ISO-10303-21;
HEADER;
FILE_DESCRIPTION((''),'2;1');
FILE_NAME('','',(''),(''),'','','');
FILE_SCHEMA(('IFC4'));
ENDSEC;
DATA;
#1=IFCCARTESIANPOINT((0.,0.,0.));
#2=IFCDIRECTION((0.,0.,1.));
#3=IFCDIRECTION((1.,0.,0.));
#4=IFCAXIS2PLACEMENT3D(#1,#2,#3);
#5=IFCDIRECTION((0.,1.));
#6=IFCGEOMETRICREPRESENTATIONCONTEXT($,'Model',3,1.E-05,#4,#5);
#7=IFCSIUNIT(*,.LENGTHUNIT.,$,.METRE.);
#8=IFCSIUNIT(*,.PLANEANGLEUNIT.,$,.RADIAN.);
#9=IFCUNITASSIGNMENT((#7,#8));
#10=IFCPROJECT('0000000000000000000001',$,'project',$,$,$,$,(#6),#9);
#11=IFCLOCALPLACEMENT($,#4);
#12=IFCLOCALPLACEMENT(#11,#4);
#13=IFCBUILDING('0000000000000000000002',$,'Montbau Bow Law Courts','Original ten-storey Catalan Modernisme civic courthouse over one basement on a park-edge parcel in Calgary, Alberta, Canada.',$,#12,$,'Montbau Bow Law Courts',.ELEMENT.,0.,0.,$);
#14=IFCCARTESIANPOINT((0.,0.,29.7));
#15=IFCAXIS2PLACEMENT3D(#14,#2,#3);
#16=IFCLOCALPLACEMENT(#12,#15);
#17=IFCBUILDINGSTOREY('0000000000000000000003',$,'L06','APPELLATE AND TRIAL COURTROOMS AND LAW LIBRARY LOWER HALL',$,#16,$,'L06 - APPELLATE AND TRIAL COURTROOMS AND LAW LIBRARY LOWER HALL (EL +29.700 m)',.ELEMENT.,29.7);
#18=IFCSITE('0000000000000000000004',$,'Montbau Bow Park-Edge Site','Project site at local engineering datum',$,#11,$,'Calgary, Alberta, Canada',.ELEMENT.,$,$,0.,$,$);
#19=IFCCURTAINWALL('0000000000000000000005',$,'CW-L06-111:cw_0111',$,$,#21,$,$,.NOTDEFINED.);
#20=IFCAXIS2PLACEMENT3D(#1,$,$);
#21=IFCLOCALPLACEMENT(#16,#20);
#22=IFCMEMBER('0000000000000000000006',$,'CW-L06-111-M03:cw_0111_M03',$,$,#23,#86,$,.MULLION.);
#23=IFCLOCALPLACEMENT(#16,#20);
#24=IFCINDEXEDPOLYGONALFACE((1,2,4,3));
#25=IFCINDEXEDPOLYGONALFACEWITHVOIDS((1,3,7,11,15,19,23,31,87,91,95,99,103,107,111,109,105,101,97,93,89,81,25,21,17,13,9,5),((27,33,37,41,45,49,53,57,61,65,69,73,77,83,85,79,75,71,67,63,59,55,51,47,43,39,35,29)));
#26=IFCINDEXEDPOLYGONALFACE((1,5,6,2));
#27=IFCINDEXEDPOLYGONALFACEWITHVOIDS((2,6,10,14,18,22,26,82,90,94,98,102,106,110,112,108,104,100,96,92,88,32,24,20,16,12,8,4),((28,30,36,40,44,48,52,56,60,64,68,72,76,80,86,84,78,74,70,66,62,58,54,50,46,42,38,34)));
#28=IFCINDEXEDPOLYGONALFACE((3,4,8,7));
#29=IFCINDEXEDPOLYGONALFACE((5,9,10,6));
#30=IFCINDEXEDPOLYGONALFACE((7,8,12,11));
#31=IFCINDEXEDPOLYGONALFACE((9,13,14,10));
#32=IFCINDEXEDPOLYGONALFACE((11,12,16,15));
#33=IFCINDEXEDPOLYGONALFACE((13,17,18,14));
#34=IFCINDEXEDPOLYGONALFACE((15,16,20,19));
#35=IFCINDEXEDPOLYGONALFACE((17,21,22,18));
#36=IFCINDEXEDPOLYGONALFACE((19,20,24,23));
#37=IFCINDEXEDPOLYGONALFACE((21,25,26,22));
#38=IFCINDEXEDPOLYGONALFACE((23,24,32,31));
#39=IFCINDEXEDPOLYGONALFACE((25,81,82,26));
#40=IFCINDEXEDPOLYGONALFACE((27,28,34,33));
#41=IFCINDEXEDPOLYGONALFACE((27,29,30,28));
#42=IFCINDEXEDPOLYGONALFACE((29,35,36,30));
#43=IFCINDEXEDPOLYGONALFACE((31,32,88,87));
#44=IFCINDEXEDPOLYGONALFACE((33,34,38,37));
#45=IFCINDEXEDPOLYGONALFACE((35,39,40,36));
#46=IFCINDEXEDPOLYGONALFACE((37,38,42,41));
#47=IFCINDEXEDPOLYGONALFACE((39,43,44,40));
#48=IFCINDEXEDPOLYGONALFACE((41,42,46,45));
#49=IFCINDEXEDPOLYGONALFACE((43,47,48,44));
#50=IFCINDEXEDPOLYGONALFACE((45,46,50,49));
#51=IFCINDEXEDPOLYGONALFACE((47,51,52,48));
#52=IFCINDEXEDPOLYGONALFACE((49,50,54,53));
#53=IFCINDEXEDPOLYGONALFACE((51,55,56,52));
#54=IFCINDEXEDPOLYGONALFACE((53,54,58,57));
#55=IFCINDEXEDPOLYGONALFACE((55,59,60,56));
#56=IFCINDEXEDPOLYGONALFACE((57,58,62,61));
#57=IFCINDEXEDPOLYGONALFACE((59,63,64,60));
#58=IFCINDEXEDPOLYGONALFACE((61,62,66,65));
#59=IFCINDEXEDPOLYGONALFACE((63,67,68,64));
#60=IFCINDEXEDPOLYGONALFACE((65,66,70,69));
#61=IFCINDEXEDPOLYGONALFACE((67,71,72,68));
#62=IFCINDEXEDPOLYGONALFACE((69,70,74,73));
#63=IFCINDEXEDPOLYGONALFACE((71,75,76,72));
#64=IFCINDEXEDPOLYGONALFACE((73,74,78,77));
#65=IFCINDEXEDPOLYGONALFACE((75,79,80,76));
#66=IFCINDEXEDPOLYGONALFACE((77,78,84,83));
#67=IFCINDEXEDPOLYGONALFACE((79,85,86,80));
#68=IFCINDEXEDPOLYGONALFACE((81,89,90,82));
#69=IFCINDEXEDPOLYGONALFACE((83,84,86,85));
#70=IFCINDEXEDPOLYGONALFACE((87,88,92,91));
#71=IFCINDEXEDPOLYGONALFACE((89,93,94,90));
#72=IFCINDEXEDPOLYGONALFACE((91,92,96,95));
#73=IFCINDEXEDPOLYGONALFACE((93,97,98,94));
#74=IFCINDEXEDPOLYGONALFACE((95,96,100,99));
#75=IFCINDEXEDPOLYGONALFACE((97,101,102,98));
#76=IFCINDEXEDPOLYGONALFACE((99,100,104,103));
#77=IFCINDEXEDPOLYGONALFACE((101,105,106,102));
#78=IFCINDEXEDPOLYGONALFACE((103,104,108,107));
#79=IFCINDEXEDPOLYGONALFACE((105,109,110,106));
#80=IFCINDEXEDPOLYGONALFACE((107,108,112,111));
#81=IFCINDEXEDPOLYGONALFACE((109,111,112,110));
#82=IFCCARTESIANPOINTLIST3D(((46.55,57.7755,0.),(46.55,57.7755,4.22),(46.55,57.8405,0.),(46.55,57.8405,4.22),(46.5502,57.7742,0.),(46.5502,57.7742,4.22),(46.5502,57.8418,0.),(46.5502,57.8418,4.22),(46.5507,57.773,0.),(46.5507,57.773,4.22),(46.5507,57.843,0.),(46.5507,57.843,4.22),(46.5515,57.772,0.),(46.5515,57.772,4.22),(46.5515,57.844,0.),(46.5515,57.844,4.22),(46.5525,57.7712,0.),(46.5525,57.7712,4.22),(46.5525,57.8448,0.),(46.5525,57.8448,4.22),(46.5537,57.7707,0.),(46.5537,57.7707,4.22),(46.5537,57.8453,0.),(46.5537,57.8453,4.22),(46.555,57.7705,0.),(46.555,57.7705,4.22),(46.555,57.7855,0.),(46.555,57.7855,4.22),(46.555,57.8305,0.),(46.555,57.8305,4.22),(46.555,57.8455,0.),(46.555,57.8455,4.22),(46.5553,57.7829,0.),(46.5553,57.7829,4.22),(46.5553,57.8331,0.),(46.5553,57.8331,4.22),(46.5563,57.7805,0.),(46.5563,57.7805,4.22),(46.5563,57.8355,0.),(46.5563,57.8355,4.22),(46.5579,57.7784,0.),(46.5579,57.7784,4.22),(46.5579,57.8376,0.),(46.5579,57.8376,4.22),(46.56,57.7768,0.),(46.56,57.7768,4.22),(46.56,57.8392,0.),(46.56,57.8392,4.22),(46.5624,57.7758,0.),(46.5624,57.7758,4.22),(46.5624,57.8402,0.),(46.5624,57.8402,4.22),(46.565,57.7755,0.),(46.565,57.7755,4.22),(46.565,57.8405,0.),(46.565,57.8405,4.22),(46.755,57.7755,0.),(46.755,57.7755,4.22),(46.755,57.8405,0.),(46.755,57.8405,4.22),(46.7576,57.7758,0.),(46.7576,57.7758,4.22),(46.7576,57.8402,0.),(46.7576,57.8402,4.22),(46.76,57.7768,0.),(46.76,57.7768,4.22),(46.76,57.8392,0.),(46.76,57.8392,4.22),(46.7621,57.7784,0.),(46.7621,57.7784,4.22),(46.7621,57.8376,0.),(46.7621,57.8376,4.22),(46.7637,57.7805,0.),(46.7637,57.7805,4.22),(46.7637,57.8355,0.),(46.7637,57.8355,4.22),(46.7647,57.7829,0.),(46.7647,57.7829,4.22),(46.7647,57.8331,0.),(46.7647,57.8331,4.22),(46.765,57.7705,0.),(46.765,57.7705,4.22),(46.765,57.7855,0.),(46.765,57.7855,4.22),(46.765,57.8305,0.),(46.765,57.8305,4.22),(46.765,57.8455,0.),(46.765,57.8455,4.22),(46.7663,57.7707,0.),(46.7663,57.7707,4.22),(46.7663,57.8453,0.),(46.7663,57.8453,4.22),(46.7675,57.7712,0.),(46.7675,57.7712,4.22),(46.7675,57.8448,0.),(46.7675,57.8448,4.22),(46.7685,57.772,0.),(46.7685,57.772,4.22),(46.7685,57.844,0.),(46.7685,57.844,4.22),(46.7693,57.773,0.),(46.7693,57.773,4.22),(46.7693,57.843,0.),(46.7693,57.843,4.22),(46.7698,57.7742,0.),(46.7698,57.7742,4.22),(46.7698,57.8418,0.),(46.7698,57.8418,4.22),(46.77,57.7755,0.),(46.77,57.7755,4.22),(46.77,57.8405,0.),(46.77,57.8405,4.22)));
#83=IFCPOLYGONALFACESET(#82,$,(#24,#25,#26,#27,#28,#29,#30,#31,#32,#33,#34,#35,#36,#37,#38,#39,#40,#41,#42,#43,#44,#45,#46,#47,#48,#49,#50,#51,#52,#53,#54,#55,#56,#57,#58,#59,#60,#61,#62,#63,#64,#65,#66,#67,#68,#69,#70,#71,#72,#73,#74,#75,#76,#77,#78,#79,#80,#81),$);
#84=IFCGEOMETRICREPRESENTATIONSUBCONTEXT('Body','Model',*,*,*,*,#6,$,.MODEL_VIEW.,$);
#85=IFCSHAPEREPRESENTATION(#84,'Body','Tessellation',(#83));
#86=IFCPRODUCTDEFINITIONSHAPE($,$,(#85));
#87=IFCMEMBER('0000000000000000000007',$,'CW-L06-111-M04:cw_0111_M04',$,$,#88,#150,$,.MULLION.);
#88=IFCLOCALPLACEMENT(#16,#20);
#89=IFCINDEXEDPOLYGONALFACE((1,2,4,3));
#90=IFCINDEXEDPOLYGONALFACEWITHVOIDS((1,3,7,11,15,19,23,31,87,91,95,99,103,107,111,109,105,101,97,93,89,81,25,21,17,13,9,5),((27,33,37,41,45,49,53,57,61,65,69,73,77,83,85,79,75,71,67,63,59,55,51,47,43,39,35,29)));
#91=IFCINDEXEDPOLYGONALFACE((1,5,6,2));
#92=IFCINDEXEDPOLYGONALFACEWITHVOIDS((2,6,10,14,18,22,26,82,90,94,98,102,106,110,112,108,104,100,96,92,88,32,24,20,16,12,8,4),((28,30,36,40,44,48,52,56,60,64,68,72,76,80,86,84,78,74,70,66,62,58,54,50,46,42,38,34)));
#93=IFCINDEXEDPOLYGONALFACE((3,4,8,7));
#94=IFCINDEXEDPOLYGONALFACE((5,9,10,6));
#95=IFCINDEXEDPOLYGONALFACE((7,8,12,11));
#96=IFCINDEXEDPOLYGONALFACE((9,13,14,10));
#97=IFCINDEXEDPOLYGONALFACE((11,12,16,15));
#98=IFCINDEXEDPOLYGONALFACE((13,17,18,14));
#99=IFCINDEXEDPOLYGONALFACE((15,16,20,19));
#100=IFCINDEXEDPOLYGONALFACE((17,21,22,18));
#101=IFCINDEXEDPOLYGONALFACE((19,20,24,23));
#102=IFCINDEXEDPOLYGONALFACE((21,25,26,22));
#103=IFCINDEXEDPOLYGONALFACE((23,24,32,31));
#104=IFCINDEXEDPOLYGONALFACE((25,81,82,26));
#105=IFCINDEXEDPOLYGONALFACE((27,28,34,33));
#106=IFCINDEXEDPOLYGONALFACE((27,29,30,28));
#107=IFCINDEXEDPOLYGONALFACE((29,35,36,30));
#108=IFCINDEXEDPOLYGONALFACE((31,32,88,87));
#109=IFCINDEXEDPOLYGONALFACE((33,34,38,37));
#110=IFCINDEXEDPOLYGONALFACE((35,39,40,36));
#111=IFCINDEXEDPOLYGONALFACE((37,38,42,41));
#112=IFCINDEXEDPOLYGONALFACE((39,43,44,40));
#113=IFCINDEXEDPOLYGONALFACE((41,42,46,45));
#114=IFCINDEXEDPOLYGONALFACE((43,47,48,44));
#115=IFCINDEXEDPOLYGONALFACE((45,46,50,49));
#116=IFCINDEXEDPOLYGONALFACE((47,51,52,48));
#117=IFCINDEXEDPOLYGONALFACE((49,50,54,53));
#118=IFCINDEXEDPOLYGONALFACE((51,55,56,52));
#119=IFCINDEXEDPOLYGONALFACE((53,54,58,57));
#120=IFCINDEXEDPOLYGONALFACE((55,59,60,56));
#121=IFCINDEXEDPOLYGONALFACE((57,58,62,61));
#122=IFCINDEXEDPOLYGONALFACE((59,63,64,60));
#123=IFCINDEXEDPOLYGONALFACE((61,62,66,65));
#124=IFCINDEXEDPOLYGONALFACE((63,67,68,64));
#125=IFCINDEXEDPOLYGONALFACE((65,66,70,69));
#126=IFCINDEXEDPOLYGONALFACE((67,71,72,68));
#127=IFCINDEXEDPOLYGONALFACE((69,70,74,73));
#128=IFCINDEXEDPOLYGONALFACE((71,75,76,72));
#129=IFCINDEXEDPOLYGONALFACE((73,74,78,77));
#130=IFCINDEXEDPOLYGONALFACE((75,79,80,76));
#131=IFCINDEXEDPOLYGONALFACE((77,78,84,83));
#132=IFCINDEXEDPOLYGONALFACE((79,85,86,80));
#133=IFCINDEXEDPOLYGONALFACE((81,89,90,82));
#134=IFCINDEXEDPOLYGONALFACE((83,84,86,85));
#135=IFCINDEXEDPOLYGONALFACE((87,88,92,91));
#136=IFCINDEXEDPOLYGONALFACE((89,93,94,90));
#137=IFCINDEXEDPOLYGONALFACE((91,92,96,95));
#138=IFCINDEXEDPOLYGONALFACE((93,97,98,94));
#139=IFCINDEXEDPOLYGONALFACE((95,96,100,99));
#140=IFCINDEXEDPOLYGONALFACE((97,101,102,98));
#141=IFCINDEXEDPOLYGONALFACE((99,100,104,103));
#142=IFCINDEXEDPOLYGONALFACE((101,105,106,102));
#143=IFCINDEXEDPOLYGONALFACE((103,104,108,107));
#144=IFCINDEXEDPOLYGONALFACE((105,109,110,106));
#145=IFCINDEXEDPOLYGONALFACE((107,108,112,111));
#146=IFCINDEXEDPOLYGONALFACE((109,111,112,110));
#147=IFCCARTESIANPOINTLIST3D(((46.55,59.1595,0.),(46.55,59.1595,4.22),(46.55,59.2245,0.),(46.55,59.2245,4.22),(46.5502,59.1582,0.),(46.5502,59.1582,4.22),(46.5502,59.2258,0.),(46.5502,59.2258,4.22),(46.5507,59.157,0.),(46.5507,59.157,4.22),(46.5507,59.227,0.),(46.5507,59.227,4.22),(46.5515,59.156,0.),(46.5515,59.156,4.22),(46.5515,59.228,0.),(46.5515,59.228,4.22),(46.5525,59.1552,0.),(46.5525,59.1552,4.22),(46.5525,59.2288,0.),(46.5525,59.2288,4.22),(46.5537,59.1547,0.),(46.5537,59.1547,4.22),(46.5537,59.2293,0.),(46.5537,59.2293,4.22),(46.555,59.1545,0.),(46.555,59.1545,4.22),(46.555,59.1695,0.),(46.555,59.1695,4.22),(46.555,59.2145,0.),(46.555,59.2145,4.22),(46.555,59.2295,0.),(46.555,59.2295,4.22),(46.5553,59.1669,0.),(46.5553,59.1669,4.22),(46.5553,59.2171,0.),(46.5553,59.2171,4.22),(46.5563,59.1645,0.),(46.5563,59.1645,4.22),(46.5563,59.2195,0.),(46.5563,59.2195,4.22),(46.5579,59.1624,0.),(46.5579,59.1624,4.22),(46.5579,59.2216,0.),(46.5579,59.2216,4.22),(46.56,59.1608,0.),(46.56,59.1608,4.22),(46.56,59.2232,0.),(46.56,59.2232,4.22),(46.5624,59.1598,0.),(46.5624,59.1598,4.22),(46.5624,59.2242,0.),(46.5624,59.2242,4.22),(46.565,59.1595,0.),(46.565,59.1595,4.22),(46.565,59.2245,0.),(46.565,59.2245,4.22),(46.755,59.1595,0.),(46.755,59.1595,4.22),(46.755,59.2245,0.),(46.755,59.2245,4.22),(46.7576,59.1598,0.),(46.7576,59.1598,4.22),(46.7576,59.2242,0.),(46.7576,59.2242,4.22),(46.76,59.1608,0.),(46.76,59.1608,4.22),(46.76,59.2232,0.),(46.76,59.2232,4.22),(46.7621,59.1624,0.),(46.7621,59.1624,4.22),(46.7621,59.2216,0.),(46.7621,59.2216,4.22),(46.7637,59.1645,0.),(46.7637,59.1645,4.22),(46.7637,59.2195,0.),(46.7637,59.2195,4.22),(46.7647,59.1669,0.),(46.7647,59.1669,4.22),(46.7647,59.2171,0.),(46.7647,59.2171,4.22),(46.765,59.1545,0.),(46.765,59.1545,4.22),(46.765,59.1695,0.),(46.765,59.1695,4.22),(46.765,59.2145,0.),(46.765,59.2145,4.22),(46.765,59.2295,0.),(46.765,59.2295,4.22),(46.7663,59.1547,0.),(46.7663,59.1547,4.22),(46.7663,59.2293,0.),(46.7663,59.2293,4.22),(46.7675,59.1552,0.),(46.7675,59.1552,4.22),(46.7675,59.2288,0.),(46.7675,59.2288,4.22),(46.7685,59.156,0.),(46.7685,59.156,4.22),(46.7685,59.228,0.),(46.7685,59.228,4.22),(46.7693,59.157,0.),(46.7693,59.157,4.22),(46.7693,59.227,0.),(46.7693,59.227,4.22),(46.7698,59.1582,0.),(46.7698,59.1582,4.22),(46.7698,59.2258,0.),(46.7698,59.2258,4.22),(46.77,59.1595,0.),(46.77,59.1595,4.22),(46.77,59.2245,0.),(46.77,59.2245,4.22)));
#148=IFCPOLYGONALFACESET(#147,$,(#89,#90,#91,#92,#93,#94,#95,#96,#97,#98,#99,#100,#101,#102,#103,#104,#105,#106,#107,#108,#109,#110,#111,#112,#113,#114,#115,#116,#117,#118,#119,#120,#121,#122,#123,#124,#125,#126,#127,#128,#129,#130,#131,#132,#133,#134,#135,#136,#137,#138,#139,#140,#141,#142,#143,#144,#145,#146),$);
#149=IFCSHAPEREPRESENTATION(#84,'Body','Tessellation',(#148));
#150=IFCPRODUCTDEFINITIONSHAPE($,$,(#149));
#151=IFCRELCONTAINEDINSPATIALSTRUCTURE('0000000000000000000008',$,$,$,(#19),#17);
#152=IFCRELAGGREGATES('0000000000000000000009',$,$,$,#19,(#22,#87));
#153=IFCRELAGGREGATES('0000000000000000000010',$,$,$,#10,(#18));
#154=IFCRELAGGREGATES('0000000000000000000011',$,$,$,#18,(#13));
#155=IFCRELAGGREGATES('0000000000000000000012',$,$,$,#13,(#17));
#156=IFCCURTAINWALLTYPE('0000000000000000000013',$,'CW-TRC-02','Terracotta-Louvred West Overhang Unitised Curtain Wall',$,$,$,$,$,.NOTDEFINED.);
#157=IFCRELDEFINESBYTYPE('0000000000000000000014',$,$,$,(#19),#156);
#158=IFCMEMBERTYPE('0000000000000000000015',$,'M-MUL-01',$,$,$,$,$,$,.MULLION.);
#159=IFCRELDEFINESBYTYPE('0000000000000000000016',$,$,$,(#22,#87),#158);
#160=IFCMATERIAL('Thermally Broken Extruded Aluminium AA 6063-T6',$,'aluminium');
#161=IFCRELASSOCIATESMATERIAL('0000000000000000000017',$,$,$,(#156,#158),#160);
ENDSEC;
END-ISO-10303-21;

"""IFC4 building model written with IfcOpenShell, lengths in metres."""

from ifc_helpers import new_model, si_unit, direction, frame, origin_with_axes, origin_2d_with_axis, place, context, subcontext, project, spatial, hollow_rectangle, extrude, material, material_profile, profile_set, type_object, element, aggregate, save


model = new_model("IFC4")

# Units and contexts
model_context = context("Model", 3, precision=1e-05, world=origin_with_axes(), true_north=direction((0.0, 1.0)))
body_context = subcontext(model_context, "Body", "Model", "MODEL_VIEW")
ifc_project = project(units=[si_unit("LENGTHUNIT", "METRE"), si_unit("PLANEANGLEUNIT", "RADIAN")], contexts=[model_context])

# Site, building, storey
site_placement = place(None, origin_with_axes())
site = spatial("IfcSite", under=ifc_project, at=site_placement, Name="Montbau Bow Park-Edge Site", Description="Project site at local engineering datum", LongName="Calgary, Alberta, Canada", CompositionType="ELEMENT", RefElevation=0.0)
building_placement = place(site_placement, origin_with_axes())
building = spatial("IfcBuilding", under=site, at=building_placement, Name="Montbau Bow Law Courts", Description="Original ten-storey Catalan Modernisme civic courthouse over one basement on a park-edge parcel in Calgary, Alberta, Canada.", LongName="Montbau Bow Law Courts", CompositionType="ELEMENT", ElevationOfRefHeight=0.0, ElevationOfTerrain=0.0)
storey_placement = place(building_placement, frame((0.0, 0.0, 29.7), z_axis=(0.0, 0.0, 1.0), x_axis=(1.0, 0.0, 0.0)))
storey = spatial("IfcBuildingStorey", under=building, at=storey_placement, Name="L06", Description="APPELLATE AND TRIAL COURTROOMS AND LAW LIBRARY LOWER HALL", LongName="L06 - APPELLATE AND TRIAL COURTROOMS AND LAW LIBRARY LOWER HALL (EL +29.700 m)", CompositionType="ELEMENT", Elevation=29.7)

# Curtain wall, members
ifc_material_1 = material(Name="Thermally Broken Extruded Aluminium AA 6063-T6", Category="aluminium")
curtain_wall_type = type_object("IfcCurtainWallType", Name="CW-TRC-02", Description="Terracotta-Louvred West Overhang Unitised Curtain Wall", PredefinedType="NOTDEFINED", material=ifc_material_1)
curtain_wall_1_placement = place(None, frame((46.66, 55.04, 29.7), z_axis=(0.0, 0.0, 1.0), x_axis=(1.0, 0.0, 0.0)))
curtain_wall_1 = element("IfcCurtainWall", 1, at=curtain_wall_1_placement, inside=storey, type_object=curtain_wall_type, Name="CW-L06-111:cw_0111", PredefinedType="NOTDEFINED")
ifc_material_profile_1 = material_profile(ifc_material_1, hollow_rectangle(XDim=0.075, YDim=0.22, WallThickness=0.005, InnerFilletRadius=0.01, OuterFilletRadius=0.005, at=origin_2d_with_axis()), Name="CWM-220X75", Category="Main", Priority=0)
ifc_profile_set_1 = profile_set([ifc_material_profile_1], Name="Thermally Broken Extruded Aluminium AA 6063-T6")
member_type_1 = type_object("IfcMemberType", Name="M-MUL-01", PredefinedType="MULLION", material=ifc_profile_set_1)
member_1_placement = place(None, frame((46.66, 57.808, 29.7), z_axis=(0.0, 0.0, 1.0), x_axis=(0.0, 1.0, 0.0)))
member_1 = element("IfcMember", 2, at=member_1_placement, type_object=member_type_1, Name="CW-L06-111-M03:cw_0111_M03", PredefinedType="MULLION", context=body_context, shape_type="SweptSolid", body=[
    extrude(hollow_rectangle(XDim=0.075, YDim=0.22, WallThickness=0.005, InnerFilletRadius=0.01, OuterFilletRadius=0.005, at=origin_2d_with_axis()), origin_with_axes(), (0.0, 0.0, 1.0), 4.22),
])
member_2_placement = place(None, frame((46.66, 59.192, 29.7), z_axis=(0.0, 0.0, 1.0), x_axis=(0.0, 1.0, 0.0)))
member_2 = element("IfcMember", 3, at=member_2_placement, type_object=member_type_1, Name="CW-L06-111-M04:cw_0111_M04", PredefinedType="MULLION", context=body_context, shape_type="SweptSolid", body=[
    extrude(hollow_rectangle(XDim=0.075, YDim=0.22, WallThickness=0.005, InnerFilletRadius=0.01, OuterFilletRadius=0.005, at=origin_2d_with_axis()), origin_with_axes(), (0.0, 0.0, 1.0), 4.22),
])

aggregate(curtain_wall_1, [member_1, member_2])

save(model, "model.ifc")
